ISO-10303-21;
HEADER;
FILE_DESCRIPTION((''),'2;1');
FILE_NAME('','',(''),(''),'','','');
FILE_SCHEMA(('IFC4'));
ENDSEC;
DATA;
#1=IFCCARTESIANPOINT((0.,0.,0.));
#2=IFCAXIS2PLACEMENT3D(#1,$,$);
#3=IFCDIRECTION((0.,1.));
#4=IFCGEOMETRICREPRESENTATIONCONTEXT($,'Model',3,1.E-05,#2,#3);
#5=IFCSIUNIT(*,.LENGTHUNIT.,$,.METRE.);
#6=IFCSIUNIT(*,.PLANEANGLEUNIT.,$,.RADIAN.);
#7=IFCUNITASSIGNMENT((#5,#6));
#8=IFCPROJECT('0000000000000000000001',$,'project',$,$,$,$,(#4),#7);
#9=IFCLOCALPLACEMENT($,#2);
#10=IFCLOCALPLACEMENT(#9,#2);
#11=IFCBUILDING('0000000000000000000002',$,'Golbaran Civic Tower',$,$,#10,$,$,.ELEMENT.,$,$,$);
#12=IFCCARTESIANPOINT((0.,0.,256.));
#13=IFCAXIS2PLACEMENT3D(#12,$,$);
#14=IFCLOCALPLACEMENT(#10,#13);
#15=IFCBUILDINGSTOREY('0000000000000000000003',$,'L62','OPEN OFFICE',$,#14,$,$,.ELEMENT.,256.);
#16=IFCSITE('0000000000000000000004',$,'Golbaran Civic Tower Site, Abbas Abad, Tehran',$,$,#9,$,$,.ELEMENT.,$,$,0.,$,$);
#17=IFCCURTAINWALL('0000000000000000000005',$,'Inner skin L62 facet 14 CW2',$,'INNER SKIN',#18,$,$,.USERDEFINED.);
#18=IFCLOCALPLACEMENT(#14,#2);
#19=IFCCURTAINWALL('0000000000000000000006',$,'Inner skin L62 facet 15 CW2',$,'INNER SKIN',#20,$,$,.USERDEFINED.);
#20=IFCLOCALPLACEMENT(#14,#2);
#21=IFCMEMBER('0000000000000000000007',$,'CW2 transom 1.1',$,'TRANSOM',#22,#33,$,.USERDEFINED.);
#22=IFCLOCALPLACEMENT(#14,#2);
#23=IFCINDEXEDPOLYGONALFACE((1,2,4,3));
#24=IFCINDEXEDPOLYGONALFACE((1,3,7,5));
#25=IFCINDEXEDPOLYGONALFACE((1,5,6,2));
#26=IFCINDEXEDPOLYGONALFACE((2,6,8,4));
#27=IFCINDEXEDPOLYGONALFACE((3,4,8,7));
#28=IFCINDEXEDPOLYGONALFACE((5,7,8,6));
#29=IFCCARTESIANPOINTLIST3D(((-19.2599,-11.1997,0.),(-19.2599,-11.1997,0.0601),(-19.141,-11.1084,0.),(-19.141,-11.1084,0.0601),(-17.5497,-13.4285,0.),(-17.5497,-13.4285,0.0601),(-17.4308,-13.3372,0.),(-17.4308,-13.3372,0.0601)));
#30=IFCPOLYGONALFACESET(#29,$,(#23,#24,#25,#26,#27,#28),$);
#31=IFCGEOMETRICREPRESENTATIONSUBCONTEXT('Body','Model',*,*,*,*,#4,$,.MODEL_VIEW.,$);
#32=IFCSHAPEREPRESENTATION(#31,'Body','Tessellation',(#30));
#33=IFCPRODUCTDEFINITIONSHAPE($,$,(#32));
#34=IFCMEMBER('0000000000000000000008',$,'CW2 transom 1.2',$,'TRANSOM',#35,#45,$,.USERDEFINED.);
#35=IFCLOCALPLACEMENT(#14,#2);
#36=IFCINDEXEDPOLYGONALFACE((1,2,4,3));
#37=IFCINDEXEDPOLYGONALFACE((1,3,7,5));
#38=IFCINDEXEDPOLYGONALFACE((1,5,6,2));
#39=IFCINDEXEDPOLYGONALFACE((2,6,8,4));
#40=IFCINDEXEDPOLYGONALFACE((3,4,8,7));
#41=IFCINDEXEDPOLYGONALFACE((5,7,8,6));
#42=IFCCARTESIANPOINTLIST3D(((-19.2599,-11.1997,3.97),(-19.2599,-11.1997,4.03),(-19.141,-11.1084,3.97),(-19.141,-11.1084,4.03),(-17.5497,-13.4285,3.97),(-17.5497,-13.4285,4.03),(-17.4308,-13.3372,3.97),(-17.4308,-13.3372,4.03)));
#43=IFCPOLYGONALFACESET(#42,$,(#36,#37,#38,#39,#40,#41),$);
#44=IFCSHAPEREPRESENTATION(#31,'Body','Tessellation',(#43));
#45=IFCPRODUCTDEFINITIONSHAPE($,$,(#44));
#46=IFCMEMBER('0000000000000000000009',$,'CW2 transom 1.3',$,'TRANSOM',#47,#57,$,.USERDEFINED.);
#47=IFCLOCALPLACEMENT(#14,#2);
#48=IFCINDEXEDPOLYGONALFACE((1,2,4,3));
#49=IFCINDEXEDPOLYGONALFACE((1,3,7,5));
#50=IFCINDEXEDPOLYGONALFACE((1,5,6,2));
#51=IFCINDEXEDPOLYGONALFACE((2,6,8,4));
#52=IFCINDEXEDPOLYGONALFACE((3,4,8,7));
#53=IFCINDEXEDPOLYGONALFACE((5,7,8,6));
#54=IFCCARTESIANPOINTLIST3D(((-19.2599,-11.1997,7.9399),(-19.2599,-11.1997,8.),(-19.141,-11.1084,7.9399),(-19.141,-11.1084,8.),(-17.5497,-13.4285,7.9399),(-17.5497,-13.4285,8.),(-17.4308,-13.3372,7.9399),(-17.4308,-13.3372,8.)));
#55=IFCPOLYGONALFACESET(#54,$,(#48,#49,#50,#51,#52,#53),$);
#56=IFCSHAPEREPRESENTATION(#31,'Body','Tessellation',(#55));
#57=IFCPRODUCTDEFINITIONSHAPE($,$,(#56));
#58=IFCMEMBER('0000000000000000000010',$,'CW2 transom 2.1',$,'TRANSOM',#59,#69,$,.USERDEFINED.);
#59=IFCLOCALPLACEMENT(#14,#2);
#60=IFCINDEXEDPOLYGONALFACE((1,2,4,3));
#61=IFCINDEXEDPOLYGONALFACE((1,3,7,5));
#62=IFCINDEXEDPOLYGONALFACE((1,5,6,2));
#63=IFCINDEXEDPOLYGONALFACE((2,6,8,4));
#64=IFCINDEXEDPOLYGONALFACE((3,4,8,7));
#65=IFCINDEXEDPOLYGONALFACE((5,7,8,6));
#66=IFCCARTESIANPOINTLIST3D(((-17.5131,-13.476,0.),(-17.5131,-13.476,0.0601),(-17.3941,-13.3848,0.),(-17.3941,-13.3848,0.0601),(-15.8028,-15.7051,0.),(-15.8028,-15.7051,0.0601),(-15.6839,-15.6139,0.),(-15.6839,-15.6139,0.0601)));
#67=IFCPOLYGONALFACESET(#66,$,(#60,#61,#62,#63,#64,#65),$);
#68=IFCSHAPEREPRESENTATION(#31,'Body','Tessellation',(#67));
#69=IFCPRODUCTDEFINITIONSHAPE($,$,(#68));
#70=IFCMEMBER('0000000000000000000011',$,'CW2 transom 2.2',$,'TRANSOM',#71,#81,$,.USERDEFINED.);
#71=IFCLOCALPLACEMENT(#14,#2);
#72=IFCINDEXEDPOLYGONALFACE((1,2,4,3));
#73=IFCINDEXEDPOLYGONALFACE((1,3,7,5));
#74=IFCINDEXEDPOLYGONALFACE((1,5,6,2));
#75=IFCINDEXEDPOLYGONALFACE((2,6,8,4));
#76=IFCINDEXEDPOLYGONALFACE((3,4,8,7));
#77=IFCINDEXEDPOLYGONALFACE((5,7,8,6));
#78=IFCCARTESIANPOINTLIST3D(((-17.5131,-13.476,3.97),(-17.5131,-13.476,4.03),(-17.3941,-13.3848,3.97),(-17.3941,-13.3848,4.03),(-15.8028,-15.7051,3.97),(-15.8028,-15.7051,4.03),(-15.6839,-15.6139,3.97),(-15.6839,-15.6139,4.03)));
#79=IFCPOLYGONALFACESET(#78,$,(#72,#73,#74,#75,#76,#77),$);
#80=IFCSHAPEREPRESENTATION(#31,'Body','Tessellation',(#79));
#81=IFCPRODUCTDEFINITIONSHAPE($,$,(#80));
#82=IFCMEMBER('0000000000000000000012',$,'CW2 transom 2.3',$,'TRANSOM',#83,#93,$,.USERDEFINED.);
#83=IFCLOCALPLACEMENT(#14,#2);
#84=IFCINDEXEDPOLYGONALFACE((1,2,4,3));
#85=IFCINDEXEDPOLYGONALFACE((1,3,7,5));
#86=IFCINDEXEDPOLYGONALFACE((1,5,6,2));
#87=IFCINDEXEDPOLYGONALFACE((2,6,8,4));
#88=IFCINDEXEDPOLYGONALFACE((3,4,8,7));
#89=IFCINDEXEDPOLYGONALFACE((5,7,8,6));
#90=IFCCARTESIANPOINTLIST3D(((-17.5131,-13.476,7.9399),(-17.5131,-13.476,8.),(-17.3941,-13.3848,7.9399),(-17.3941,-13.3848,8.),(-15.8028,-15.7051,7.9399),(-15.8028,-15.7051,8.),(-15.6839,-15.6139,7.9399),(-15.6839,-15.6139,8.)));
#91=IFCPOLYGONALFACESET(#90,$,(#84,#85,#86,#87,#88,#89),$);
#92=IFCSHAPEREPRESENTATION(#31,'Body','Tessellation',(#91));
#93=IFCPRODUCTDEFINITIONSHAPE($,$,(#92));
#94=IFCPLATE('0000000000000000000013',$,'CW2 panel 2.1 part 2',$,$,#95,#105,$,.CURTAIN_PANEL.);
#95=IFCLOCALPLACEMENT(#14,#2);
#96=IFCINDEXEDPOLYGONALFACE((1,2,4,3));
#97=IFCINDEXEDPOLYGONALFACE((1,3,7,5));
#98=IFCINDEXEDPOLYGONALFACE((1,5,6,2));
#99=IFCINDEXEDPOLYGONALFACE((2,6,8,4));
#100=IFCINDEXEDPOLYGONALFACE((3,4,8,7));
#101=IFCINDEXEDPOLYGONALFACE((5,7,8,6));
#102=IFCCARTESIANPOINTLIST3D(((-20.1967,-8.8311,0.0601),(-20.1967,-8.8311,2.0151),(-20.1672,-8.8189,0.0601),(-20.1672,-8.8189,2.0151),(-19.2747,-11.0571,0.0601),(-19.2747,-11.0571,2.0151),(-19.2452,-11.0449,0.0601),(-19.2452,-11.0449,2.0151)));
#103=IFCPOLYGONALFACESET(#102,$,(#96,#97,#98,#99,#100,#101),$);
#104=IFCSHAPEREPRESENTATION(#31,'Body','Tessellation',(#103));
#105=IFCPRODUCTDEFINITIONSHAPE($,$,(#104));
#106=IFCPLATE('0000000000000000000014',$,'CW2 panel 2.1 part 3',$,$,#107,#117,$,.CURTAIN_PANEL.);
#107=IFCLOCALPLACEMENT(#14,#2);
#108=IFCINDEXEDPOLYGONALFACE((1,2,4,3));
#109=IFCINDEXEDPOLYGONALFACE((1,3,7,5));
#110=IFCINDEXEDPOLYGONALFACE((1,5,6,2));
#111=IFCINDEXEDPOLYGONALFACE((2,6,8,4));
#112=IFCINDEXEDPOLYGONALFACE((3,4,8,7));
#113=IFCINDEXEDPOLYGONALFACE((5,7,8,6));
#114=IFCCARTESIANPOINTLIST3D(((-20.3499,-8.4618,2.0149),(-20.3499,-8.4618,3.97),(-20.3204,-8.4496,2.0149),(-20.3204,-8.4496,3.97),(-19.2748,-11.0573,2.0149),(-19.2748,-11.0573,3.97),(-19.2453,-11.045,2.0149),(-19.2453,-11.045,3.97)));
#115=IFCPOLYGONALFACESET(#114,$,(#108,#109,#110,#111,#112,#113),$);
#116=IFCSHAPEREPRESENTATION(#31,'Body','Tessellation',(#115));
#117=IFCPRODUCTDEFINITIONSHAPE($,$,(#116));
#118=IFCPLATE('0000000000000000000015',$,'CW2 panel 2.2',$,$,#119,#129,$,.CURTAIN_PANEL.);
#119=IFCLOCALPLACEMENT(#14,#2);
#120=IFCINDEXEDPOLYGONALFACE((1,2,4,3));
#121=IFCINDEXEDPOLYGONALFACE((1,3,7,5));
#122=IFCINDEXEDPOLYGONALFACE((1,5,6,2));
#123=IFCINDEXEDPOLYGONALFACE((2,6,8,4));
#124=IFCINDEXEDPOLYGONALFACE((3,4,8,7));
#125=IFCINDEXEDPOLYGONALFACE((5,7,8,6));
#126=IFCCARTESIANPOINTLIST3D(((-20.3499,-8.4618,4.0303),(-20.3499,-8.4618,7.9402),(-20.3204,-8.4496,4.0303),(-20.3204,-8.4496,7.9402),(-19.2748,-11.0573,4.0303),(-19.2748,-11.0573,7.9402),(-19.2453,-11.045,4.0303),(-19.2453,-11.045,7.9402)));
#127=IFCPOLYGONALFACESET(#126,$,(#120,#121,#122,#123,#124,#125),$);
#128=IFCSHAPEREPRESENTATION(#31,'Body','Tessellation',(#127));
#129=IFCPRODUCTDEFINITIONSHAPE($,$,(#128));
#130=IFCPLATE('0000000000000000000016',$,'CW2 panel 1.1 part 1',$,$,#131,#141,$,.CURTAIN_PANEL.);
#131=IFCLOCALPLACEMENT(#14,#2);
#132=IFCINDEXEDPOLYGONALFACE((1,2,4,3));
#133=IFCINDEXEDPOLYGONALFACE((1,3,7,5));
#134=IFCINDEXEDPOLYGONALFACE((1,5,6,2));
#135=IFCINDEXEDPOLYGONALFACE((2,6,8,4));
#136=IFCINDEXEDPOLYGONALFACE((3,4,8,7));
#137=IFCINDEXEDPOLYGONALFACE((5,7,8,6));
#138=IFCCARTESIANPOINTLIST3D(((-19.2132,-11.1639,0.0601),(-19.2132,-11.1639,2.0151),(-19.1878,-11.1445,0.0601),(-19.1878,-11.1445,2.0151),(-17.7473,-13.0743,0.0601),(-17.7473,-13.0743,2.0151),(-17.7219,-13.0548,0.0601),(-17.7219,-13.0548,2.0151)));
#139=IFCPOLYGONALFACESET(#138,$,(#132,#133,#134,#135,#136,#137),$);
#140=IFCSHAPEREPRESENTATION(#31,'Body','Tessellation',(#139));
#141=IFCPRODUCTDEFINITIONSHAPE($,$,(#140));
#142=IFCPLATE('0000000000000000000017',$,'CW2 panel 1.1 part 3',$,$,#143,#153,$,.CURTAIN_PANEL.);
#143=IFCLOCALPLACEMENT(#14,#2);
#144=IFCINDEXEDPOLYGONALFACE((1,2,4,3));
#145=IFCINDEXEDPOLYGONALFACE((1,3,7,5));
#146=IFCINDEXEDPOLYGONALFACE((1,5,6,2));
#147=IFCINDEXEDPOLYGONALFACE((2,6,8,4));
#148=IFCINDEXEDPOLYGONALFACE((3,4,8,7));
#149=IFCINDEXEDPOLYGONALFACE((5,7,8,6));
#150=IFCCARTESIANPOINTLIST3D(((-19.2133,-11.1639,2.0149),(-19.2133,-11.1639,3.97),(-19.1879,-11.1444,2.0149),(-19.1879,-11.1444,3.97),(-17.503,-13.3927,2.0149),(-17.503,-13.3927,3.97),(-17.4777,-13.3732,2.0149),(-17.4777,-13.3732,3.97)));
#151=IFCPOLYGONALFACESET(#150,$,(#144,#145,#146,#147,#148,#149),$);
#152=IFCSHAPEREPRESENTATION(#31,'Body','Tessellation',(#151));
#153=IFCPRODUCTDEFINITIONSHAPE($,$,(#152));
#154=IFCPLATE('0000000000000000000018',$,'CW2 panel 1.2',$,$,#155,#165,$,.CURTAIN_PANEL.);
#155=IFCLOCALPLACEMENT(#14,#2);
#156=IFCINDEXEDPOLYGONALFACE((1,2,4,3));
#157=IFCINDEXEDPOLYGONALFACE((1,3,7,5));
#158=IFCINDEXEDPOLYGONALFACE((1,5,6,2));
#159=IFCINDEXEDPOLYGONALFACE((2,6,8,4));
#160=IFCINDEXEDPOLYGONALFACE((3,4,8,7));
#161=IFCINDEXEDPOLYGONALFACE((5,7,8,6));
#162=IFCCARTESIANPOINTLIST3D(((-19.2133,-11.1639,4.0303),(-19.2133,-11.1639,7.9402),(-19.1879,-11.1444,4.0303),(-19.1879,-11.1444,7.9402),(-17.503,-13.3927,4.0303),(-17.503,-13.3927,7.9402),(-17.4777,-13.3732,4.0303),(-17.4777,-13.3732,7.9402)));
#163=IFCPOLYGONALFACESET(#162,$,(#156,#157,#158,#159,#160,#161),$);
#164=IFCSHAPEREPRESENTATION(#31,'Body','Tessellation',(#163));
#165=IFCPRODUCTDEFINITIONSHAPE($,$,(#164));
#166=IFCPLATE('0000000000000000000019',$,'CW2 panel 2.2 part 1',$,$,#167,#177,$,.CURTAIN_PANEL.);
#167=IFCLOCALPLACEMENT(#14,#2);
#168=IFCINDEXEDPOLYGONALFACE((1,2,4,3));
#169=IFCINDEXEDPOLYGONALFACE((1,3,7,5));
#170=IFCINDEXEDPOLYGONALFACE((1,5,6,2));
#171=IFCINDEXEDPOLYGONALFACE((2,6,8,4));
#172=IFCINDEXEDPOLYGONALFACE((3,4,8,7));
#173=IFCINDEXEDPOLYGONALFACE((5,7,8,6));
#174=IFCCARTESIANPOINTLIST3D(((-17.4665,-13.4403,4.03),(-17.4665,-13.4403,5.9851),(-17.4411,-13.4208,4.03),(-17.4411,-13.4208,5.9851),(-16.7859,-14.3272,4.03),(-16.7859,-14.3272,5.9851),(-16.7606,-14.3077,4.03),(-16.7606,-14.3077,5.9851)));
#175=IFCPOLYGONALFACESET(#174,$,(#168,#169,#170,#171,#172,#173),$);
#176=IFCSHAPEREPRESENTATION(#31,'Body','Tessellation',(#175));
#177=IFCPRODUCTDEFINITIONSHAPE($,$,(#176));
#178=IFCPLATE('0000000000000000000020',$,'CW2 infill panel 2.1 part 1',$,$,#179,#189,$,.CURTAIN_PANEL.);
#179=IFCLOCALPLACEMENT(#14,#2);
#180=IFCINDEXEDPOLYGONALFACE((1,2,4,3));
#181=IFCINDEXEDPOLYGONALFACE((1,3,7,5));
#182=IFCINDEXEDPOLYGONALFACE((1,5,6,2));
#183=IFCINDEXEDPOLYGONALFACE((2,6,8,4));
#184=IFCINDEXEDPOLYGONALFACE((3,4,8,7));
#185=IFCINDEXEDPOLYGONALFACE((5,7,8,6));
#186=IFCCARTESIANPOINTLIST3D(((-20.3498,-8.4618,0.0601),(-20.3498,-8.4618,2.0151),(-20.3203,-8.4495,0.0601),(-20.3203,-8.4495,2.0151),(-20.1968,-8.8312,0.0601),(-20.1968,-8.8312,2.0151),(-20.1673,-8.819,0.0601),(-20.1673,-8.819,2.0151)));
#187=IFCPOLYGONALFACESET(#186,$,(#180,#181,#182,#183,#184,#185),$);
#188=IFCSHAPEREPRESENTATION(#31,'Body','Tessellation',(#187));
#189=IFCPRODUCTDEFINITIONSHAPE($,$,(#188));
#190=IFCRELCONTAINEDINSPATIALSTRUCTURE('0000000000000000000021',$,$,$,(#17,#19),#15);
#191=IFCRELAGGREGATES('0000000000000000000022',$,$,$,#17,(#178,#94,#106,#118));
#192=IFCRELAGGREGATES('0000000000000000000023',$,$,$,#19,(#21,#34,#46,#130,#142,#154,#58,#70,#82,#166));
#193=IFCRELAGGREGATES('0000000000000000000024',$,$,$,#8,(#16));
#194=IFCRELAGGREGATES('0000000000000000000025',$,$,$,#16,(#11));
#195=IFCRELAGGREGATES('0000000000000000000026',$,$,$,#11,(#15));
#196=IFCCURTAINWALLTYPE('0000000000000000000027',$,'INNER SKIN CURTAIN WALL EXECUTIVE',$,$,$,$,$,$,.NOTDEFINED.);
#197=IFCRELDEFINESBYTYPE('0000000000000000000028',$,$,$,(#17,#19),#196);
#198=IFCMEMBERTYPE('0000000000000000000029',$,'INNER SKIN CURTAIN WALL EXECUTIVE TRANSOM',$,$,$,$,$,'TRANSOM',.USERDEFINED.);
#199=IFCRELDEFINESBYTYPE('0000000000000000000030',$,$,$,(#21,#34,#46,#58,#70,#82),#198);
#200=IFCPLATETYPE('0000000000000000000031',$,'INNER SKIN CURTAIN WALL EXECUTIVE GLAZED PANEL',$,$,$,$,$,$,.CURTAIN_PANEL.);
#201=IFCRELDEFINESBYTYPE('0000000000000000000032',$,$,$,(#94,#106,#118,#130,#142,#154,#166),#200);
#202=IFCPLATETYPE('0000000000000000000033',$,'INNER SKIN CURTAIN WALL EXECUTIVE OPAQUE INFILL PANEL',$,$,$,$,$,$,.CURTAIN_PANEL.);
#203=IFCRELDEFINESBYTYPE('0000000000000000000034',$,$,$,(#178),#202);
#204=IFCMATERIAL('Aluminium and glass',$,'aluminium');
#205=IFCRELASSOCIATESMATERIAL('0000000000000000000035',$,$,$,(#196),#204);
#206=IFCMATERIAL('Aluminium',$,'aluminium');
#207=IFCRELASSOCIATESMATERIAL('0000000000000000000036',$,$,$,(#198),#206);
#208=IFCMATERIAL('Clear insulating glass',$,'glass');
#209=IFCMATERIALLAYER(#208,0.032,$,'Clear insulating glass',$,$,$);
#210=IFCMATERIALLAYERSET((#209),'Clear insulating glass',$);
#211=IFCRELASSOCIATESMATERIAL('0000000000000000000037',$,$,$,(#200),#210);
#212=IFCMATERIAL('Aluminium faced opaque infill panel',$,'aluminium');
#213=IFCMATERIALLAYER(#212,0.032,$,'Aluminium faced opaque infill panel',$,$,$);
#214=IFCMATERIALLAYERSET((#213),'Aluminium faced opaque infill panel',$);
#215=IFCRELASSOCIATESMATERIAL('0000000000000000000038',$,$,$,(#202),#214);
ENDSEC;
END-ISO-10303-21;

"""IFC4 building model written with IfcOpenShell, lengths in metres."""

from ifc_helpers import new_model, si_unit, direction, frame, origin, origin_2d, place, context, subcontext, project, spatial, rectangle, extrude, material, layer, layer_set, material_profile, profile_set, type_object, element, aggregate, save


model = new_model("IFC4")

# Units and contexts
model_context = context("Model", 3, precision=1e-05, world=origin(), true_north=direction((0.0, 1.0)))
body_context = subcontext(model_context, "Body", "Model", "MODEL_VIEW")
ifc_project = project(units=[si_unit("LENGTHUNIT", "METRE"), si_unit("PLANEANGLEUNIT", "RADIAN")], contexts=[model_context])

# Site, building, storey
site_placement = place(None, origin())
site = spatial("IfcSite", under=ifc_project, at=site_placement, Name="Golbaran Civic Tower Site, Abbas Abad, Tehran", CompositionType="ELEMENT", RefElevation=0.0)
building_placement = place(site_placement, origin())
building = spatial("IfcBuilding", under=site, at=building_placement, Name="Golbaran Civic Tower", CompositionType="ELEMENT")
storey_placement = place(building_placement, frame((0.0, 0.0, 256.0)))
storey = spatial("IfcBuildingStorey", under=building, at=storey_placement, Name="L62", Description="OPEN OFFICE", CompositionType="ELEMENT", Elevation=256.0)

# Curtain wall
ifc_material_1 = material(Name="Aluminium and glass", Category="aluminium")
curtain_wall_type = type_object("IfcCurtainWallType", Name="INNER SKIN CURTAIN WALL EXECUTIVE", PredefinedType="NOTDEFINED", material=ifc_material_1)
curtain_wall_1_placement = place(storey_placement, origin())
curtain_wall_1 = element("IfcCurtainWall", 1, at=curtain_wall_1_placement, inside=storey, type_object=curtain_wall_type, Name="Inner skin L62 facet 14 CW2", ObjectType="INNER SKIN", PredefinedType="USERDEFINED")
ifc_material_2 = material(Name="Aluminium", Category="aluminium")

# Curtain wall, members
curtain_wall_2_placement = place(storey_placement, origin())
curtain_wall_2 = element("IfcCurtainWall", 2, at=curtain_wall_2_placement, inside=storey, type_object=curtain_wall_type, Name="Inner skin L62 facet 15 CW2", ObjectType="INNER SKIN", PredefinedType="USERDEFINED")
ifc_material_profile_1 = material_profile(ifc_material_2, rectangle(XDim=0.1499, YDim=0.0601, at=origin_2d()), Name="INNER SKIN CURTAIN WALL EXECUTIVE TRANSOM")
ifc_profile_set_1 = profile_set([ifc_material_profile_1], Name="Aluminium")
member_type_1 = type_object("IfcMemberType", Name="INNER SKIN CURTAIN WALL EXECUTIVE TRANSOM", ElementType="TRANSOM", PredefinedType="USERDEFINED", material=ifc_profile_set_1)
member_1_placement = place(storey_placement, frame((-19.2004, -11.1541, 0.03), z_axis=(0.608765, -0.79335, 0.0), x_axis=(0.79335, 0.608765, 0.0)))
member_1 = element("IfcMember", 3, at=member_1_placement, type_object=member_type_1, Name="CW2 transom 1.1", ObjectType="TRANSOM", PredefinedType="USERDEFINED", context=body_context, shape_type="SweptSolid", body=[
    extrude(rectangle(XDim=0.1499, YDim=0.0601, at=origin_2d()), origin(), (0.0, 0.0, 1.0), 2.8093),
])
member_2_placement = place(storey_placement, frame((-19.2004, -11.1541, 4.0), z_axis=(0.608765, -0.79335, 0.0), x_axis=(0.79335, 0.608765, 0.0)))
member_2 = element("IfcMember", 4, at=member_2_placement, type_object=member_type_1, Name="CW2 transom 1.2", ObjectType="TRANSOM", PredefinedType="USERDEFINED", context=body_context, shape_type="SweptSolid", body=[
    extrude(rectangle(XDim=0.1499, YDim=0.0601, at=origin_2d()), origin(), (0.0, 0.0, 1.0), 2.8093),
])
member_3_placement = place(storey_placement, frame((-19.2004, -11.1541, 7.97), z_axis=(0.608765, -0.79335, 0.0), x_axis=(0.79335, 0.608765, 0.0)))
member_3 = element("IfcMember", 5, at=member_3_placement, type_object=member_type_1, Name="CW2 transom 1.3", ObjectType="TRANSOM", PredefinedType="USERDEFINED", context=body_context, shape_type="SweptSolid", body=[
    extrude(rectangle(XDim=0.1499, YDim=0.0601, at=origin_2d()), origin(), (0.0, 0.0, 1.0), 2.8093),
])
member_4_placement = place(storey_placement, frame((-17.4536, -13.4304, 0.03), z_axis=(0.608723, -0.793383, 0.0), x_axis=(0.793383, 0.608723, 0.0)))
member_4 = element("IfcMember", 6, at=member_4_placement, type_object=member_type_1, Name="CW2 transom 2.1", ObjectType="TRANSOM", PredefinedType="USERDEFINED", context=body_context, shape_type="SweptSolid", body=[
    extrude(rectangle(XDim=0.1499, YDim=0.0601, at=origin_2d()), origin(), (0.0, 0.0, 1.0), 2.8096),
])
member_5_placement = place(storey_placement, frame((-17.4536, -13.4304, 4.0), z_axis=(0.608723, -0.793383, 0.0), x_axis=(0.793383, 0.608723, 0.0)))
member_5 = element("IfcMember", 7, at=member_5_placement, type_object=member_type_1, Name="CW2 transom 2.2", ObjectType="TRANSOM", PredefinedType="USERDEFINED", context=body_context, shape_type="SweptSolid", body=[
    extrude(rectangle(XDim=0.1499, YDim=0.0601, at=origin_2d()), origin(), (0.0, 0.0, 1.0), 2.8096),
])
member_6_placement = place(storey_placement, frame((-17.4536, -13.4304, 7.97), z_axis=(0.608723, -0.793383, 0.0), x_axis=(0.793383, 0.608723, 0.0)))
member_6 = element("IfcMember", 8, at=member_6_placement, type_object=member_type_1, Name="CW2 transom 2.3", ObjectType="TRANSOM", PredefinedType="USERDEFINED", context=body_context, shape_type="SweptSolid", body=[
    extrude(rectangle(XDim=0.1499, YDim=0.0601, at=origin_2d()), origin(), (0.0, 0.0, 1.0), 2.8096),
])

# Plates
ifc_material_3 = material(Name="Clear insulating glass", Category="glass")
ifc_layer_1 = layer(ifc_material_3, 0.032, Name="Clear insulating glass")
ifc_layer_set_1 = layer_set([ifc_layer_1], Name="Clear insulating glass")
plate_type_1 = type_object("IfcPlateType", Name="INNER SKIN CURTAIN WALL EXECUTIVE GLAZED PANEL", PredefinedType="CURTAIN_PANEL", material=ifc_layer_set_1)
plate_1_placement = place(storey_placement, frame((-19.7209, -9.938, 0.0601), z_axis=(0.0, 0.0, 1.0), x_axis=(0.382683, -0.92388, 0.0)))
plate_1 = element("IfcPlate", 9, at=plate_1_placement, type_object=plate_type_1, Name="CW2 panel 2.1 part 2", PredefinedType="CURTAIN_PANEL", context=body_context, shape_type="SweptSolid", body=[
    extrude(rectangle(XDim=2.4094, YDim=0.032, at=origin_2d()), origin(), (0.0, 0.0, 1.0), 1.9551),
])
plate_2_placement = place(storey_placement, frame((-19.7976, -9.7534, 2.0149), z_axis=(0.0, 0.0, 1.0), x_axis=(0.382683, -0.92388, 0.0)))
plate_2 = element("IfcPlate", 10, at=plate_2_placement, type_object=plate_type_1, Name="CW2 panel 2.1 part 3", PredefinedType="CURTAIN_PANEL", context=body_context, shape_type="SweptSolid", body=[
    extrude(rectangle(XDim=2.8093, YDim=0.032, at=origin_2d()), origin(), (0.0, 0.0, 1.0), 1.9551),
])
plate_3_placement = place(storey_placement, frame((-19.7976, -9.7534, 4.0303), z_axis=(0.0, 0.0, 1.0), x_axis=(0.382683, -0.92388, 0.0)))
plate_3 = element("IfcPlate", 11, at=plate_3_placement, type_object=plate_type_1, Name="CW2 panel 2.2", PredefinedType="CURTAIN_PANEL", context=body_context, shape_type="SweptSolid", body=[
    extrude(rectangle(XDim=2.8093, YDim=0.032, at=origin_2d()), origin(), (0.0, 0.0, 1.0), 3.9099),
])
plate_4_placement = place(storey_placement, frame((-18.4675, -12.1094, 0.0601), z_axis=(0.0, 0.0, 1.0), x_axis=(0.608761, -0.793353, 0.0)))
plate_4 = element("IfcPlate", 12, at=plate_4_placement, type_object=plate_type_1, Name="CW2 panel 1.1 part 1", PredefinedType="CURTAIN_PANEL", context=body_context, shape_type="SweptSolid", body=[
    extrude(rectangle(XDim=2.408, YDim=0.032, at=origin_2d()), origin(), (0.0, 0.0, 1.0), 1.9551),
])
plate_5_placement = place(storey_placement, frame((-18.3455, -12.2686, 2.0149), z_axis=(0.0, 0.0, 1.0), x_axis=(0.608761, -0.793353, 0.0)))
plate_5 = element("IfcPlate", 13, at=plate_5_placement, type_object=plate_type_1, Name="CW2 panel 1.1 part 3", PredefinedType="CURTAIN_PANEL", context=body_context, shape_type="SweptSolid", body=[
    extrude(rectangle(XDim=2.8093, YDim=0.032, at=origin_2d()), origin(), (0.0, 0.0, 1.0), 1.9551),
])
plate_6_placement = place(storey_placement, frame((-18.3455, -12.2686, 4.0303), z_axis=(0.0, 0.0, 1.0), x_axis=(0.608761, -0.793353, 0.0)))
plate_6 = element("IfcPlate", 14, at=plate_6_placement, type_object=plate_type_1, Name="CW2 panel 1.2", PredefinedType="CURTAIN_PANEL", context=body_context, shape_type="SweptSolid", body=[
    extrude(rectangle(XDim=2.8093, YDim=0.032, at=origin_2d()), origin(), (0.0, 0.0, 1.0), 3.9099),
])
plate_7_placement = place(storey_placement, frame((-17.1135, -13.874, 4.03), z_axis=(0.0, 0.0, 1.0), x_axis=(0.608761, -0.793353, 0.0)))
plate_7 = element("IfcPlate", 15, at=plate_7_placement, type_object=plate_type_1, Name="CW2 panel 2.2 part 1", PredefinedType="CURTAIN_PANEL", context=body_context, shape_type="SweptSolid", body=[
    extrude(rectangle(XDim=1.1179, YDim=0.032, at=origin_2d()), origin(), (0.0, 0.0, 1.0), 1.9551),
])
ifc_material_4 = material(Name="Aluminium faced opaque infill panel", Category="aluminium")
ifc_layer_2 = layer(ifc_material_4, 0.032, Name="Aluminium faced opaque infill panel")
ifc_layer_set_2 = layer_set([ifc_layer_2], Name="Aluminium faced opaque infill panel")
plate_type_2 = type_object("IfcPlateType", Name="INNER SKIN CURTAIN WALL EXECUTIVE OPAQUE INFILL PANEL", PredefinedType="CURTAIN_PANEL", material=ifc_layer_set_2)
plate_8_placement = place(storey_placement, frame((-20.2585, -8.6404, 0.0601), z_axis=(0.0, 0.0, 1.0), x_axis=(0.382683, -0.92388, 0.0)))
plate_8 = element("IfcPlate", 16, at=plate_8_placement, type_object=plate_type_2, Name="CW2 infill panel 2.1 part 1", PredefinedType="CURTAIN_PANEL", context=body_context, shape_type="SweptSolid", body=[
    extrude(rectangle(XDim=0.3999, YDim=0.032, at=origin_2d()), origin(), (0.0, 0.0, 1.0), 1.9551),
])
aggregate(curtain_wall_1, [plate_8, plate_1, plate_2, plate_3])
aggregate(curtain_wall_2, [member_1, member_2, member_3, plate_4, plate_5, plate_6, member_4, member_5, member_6, plate_7])

save(model, "model.ifc")
